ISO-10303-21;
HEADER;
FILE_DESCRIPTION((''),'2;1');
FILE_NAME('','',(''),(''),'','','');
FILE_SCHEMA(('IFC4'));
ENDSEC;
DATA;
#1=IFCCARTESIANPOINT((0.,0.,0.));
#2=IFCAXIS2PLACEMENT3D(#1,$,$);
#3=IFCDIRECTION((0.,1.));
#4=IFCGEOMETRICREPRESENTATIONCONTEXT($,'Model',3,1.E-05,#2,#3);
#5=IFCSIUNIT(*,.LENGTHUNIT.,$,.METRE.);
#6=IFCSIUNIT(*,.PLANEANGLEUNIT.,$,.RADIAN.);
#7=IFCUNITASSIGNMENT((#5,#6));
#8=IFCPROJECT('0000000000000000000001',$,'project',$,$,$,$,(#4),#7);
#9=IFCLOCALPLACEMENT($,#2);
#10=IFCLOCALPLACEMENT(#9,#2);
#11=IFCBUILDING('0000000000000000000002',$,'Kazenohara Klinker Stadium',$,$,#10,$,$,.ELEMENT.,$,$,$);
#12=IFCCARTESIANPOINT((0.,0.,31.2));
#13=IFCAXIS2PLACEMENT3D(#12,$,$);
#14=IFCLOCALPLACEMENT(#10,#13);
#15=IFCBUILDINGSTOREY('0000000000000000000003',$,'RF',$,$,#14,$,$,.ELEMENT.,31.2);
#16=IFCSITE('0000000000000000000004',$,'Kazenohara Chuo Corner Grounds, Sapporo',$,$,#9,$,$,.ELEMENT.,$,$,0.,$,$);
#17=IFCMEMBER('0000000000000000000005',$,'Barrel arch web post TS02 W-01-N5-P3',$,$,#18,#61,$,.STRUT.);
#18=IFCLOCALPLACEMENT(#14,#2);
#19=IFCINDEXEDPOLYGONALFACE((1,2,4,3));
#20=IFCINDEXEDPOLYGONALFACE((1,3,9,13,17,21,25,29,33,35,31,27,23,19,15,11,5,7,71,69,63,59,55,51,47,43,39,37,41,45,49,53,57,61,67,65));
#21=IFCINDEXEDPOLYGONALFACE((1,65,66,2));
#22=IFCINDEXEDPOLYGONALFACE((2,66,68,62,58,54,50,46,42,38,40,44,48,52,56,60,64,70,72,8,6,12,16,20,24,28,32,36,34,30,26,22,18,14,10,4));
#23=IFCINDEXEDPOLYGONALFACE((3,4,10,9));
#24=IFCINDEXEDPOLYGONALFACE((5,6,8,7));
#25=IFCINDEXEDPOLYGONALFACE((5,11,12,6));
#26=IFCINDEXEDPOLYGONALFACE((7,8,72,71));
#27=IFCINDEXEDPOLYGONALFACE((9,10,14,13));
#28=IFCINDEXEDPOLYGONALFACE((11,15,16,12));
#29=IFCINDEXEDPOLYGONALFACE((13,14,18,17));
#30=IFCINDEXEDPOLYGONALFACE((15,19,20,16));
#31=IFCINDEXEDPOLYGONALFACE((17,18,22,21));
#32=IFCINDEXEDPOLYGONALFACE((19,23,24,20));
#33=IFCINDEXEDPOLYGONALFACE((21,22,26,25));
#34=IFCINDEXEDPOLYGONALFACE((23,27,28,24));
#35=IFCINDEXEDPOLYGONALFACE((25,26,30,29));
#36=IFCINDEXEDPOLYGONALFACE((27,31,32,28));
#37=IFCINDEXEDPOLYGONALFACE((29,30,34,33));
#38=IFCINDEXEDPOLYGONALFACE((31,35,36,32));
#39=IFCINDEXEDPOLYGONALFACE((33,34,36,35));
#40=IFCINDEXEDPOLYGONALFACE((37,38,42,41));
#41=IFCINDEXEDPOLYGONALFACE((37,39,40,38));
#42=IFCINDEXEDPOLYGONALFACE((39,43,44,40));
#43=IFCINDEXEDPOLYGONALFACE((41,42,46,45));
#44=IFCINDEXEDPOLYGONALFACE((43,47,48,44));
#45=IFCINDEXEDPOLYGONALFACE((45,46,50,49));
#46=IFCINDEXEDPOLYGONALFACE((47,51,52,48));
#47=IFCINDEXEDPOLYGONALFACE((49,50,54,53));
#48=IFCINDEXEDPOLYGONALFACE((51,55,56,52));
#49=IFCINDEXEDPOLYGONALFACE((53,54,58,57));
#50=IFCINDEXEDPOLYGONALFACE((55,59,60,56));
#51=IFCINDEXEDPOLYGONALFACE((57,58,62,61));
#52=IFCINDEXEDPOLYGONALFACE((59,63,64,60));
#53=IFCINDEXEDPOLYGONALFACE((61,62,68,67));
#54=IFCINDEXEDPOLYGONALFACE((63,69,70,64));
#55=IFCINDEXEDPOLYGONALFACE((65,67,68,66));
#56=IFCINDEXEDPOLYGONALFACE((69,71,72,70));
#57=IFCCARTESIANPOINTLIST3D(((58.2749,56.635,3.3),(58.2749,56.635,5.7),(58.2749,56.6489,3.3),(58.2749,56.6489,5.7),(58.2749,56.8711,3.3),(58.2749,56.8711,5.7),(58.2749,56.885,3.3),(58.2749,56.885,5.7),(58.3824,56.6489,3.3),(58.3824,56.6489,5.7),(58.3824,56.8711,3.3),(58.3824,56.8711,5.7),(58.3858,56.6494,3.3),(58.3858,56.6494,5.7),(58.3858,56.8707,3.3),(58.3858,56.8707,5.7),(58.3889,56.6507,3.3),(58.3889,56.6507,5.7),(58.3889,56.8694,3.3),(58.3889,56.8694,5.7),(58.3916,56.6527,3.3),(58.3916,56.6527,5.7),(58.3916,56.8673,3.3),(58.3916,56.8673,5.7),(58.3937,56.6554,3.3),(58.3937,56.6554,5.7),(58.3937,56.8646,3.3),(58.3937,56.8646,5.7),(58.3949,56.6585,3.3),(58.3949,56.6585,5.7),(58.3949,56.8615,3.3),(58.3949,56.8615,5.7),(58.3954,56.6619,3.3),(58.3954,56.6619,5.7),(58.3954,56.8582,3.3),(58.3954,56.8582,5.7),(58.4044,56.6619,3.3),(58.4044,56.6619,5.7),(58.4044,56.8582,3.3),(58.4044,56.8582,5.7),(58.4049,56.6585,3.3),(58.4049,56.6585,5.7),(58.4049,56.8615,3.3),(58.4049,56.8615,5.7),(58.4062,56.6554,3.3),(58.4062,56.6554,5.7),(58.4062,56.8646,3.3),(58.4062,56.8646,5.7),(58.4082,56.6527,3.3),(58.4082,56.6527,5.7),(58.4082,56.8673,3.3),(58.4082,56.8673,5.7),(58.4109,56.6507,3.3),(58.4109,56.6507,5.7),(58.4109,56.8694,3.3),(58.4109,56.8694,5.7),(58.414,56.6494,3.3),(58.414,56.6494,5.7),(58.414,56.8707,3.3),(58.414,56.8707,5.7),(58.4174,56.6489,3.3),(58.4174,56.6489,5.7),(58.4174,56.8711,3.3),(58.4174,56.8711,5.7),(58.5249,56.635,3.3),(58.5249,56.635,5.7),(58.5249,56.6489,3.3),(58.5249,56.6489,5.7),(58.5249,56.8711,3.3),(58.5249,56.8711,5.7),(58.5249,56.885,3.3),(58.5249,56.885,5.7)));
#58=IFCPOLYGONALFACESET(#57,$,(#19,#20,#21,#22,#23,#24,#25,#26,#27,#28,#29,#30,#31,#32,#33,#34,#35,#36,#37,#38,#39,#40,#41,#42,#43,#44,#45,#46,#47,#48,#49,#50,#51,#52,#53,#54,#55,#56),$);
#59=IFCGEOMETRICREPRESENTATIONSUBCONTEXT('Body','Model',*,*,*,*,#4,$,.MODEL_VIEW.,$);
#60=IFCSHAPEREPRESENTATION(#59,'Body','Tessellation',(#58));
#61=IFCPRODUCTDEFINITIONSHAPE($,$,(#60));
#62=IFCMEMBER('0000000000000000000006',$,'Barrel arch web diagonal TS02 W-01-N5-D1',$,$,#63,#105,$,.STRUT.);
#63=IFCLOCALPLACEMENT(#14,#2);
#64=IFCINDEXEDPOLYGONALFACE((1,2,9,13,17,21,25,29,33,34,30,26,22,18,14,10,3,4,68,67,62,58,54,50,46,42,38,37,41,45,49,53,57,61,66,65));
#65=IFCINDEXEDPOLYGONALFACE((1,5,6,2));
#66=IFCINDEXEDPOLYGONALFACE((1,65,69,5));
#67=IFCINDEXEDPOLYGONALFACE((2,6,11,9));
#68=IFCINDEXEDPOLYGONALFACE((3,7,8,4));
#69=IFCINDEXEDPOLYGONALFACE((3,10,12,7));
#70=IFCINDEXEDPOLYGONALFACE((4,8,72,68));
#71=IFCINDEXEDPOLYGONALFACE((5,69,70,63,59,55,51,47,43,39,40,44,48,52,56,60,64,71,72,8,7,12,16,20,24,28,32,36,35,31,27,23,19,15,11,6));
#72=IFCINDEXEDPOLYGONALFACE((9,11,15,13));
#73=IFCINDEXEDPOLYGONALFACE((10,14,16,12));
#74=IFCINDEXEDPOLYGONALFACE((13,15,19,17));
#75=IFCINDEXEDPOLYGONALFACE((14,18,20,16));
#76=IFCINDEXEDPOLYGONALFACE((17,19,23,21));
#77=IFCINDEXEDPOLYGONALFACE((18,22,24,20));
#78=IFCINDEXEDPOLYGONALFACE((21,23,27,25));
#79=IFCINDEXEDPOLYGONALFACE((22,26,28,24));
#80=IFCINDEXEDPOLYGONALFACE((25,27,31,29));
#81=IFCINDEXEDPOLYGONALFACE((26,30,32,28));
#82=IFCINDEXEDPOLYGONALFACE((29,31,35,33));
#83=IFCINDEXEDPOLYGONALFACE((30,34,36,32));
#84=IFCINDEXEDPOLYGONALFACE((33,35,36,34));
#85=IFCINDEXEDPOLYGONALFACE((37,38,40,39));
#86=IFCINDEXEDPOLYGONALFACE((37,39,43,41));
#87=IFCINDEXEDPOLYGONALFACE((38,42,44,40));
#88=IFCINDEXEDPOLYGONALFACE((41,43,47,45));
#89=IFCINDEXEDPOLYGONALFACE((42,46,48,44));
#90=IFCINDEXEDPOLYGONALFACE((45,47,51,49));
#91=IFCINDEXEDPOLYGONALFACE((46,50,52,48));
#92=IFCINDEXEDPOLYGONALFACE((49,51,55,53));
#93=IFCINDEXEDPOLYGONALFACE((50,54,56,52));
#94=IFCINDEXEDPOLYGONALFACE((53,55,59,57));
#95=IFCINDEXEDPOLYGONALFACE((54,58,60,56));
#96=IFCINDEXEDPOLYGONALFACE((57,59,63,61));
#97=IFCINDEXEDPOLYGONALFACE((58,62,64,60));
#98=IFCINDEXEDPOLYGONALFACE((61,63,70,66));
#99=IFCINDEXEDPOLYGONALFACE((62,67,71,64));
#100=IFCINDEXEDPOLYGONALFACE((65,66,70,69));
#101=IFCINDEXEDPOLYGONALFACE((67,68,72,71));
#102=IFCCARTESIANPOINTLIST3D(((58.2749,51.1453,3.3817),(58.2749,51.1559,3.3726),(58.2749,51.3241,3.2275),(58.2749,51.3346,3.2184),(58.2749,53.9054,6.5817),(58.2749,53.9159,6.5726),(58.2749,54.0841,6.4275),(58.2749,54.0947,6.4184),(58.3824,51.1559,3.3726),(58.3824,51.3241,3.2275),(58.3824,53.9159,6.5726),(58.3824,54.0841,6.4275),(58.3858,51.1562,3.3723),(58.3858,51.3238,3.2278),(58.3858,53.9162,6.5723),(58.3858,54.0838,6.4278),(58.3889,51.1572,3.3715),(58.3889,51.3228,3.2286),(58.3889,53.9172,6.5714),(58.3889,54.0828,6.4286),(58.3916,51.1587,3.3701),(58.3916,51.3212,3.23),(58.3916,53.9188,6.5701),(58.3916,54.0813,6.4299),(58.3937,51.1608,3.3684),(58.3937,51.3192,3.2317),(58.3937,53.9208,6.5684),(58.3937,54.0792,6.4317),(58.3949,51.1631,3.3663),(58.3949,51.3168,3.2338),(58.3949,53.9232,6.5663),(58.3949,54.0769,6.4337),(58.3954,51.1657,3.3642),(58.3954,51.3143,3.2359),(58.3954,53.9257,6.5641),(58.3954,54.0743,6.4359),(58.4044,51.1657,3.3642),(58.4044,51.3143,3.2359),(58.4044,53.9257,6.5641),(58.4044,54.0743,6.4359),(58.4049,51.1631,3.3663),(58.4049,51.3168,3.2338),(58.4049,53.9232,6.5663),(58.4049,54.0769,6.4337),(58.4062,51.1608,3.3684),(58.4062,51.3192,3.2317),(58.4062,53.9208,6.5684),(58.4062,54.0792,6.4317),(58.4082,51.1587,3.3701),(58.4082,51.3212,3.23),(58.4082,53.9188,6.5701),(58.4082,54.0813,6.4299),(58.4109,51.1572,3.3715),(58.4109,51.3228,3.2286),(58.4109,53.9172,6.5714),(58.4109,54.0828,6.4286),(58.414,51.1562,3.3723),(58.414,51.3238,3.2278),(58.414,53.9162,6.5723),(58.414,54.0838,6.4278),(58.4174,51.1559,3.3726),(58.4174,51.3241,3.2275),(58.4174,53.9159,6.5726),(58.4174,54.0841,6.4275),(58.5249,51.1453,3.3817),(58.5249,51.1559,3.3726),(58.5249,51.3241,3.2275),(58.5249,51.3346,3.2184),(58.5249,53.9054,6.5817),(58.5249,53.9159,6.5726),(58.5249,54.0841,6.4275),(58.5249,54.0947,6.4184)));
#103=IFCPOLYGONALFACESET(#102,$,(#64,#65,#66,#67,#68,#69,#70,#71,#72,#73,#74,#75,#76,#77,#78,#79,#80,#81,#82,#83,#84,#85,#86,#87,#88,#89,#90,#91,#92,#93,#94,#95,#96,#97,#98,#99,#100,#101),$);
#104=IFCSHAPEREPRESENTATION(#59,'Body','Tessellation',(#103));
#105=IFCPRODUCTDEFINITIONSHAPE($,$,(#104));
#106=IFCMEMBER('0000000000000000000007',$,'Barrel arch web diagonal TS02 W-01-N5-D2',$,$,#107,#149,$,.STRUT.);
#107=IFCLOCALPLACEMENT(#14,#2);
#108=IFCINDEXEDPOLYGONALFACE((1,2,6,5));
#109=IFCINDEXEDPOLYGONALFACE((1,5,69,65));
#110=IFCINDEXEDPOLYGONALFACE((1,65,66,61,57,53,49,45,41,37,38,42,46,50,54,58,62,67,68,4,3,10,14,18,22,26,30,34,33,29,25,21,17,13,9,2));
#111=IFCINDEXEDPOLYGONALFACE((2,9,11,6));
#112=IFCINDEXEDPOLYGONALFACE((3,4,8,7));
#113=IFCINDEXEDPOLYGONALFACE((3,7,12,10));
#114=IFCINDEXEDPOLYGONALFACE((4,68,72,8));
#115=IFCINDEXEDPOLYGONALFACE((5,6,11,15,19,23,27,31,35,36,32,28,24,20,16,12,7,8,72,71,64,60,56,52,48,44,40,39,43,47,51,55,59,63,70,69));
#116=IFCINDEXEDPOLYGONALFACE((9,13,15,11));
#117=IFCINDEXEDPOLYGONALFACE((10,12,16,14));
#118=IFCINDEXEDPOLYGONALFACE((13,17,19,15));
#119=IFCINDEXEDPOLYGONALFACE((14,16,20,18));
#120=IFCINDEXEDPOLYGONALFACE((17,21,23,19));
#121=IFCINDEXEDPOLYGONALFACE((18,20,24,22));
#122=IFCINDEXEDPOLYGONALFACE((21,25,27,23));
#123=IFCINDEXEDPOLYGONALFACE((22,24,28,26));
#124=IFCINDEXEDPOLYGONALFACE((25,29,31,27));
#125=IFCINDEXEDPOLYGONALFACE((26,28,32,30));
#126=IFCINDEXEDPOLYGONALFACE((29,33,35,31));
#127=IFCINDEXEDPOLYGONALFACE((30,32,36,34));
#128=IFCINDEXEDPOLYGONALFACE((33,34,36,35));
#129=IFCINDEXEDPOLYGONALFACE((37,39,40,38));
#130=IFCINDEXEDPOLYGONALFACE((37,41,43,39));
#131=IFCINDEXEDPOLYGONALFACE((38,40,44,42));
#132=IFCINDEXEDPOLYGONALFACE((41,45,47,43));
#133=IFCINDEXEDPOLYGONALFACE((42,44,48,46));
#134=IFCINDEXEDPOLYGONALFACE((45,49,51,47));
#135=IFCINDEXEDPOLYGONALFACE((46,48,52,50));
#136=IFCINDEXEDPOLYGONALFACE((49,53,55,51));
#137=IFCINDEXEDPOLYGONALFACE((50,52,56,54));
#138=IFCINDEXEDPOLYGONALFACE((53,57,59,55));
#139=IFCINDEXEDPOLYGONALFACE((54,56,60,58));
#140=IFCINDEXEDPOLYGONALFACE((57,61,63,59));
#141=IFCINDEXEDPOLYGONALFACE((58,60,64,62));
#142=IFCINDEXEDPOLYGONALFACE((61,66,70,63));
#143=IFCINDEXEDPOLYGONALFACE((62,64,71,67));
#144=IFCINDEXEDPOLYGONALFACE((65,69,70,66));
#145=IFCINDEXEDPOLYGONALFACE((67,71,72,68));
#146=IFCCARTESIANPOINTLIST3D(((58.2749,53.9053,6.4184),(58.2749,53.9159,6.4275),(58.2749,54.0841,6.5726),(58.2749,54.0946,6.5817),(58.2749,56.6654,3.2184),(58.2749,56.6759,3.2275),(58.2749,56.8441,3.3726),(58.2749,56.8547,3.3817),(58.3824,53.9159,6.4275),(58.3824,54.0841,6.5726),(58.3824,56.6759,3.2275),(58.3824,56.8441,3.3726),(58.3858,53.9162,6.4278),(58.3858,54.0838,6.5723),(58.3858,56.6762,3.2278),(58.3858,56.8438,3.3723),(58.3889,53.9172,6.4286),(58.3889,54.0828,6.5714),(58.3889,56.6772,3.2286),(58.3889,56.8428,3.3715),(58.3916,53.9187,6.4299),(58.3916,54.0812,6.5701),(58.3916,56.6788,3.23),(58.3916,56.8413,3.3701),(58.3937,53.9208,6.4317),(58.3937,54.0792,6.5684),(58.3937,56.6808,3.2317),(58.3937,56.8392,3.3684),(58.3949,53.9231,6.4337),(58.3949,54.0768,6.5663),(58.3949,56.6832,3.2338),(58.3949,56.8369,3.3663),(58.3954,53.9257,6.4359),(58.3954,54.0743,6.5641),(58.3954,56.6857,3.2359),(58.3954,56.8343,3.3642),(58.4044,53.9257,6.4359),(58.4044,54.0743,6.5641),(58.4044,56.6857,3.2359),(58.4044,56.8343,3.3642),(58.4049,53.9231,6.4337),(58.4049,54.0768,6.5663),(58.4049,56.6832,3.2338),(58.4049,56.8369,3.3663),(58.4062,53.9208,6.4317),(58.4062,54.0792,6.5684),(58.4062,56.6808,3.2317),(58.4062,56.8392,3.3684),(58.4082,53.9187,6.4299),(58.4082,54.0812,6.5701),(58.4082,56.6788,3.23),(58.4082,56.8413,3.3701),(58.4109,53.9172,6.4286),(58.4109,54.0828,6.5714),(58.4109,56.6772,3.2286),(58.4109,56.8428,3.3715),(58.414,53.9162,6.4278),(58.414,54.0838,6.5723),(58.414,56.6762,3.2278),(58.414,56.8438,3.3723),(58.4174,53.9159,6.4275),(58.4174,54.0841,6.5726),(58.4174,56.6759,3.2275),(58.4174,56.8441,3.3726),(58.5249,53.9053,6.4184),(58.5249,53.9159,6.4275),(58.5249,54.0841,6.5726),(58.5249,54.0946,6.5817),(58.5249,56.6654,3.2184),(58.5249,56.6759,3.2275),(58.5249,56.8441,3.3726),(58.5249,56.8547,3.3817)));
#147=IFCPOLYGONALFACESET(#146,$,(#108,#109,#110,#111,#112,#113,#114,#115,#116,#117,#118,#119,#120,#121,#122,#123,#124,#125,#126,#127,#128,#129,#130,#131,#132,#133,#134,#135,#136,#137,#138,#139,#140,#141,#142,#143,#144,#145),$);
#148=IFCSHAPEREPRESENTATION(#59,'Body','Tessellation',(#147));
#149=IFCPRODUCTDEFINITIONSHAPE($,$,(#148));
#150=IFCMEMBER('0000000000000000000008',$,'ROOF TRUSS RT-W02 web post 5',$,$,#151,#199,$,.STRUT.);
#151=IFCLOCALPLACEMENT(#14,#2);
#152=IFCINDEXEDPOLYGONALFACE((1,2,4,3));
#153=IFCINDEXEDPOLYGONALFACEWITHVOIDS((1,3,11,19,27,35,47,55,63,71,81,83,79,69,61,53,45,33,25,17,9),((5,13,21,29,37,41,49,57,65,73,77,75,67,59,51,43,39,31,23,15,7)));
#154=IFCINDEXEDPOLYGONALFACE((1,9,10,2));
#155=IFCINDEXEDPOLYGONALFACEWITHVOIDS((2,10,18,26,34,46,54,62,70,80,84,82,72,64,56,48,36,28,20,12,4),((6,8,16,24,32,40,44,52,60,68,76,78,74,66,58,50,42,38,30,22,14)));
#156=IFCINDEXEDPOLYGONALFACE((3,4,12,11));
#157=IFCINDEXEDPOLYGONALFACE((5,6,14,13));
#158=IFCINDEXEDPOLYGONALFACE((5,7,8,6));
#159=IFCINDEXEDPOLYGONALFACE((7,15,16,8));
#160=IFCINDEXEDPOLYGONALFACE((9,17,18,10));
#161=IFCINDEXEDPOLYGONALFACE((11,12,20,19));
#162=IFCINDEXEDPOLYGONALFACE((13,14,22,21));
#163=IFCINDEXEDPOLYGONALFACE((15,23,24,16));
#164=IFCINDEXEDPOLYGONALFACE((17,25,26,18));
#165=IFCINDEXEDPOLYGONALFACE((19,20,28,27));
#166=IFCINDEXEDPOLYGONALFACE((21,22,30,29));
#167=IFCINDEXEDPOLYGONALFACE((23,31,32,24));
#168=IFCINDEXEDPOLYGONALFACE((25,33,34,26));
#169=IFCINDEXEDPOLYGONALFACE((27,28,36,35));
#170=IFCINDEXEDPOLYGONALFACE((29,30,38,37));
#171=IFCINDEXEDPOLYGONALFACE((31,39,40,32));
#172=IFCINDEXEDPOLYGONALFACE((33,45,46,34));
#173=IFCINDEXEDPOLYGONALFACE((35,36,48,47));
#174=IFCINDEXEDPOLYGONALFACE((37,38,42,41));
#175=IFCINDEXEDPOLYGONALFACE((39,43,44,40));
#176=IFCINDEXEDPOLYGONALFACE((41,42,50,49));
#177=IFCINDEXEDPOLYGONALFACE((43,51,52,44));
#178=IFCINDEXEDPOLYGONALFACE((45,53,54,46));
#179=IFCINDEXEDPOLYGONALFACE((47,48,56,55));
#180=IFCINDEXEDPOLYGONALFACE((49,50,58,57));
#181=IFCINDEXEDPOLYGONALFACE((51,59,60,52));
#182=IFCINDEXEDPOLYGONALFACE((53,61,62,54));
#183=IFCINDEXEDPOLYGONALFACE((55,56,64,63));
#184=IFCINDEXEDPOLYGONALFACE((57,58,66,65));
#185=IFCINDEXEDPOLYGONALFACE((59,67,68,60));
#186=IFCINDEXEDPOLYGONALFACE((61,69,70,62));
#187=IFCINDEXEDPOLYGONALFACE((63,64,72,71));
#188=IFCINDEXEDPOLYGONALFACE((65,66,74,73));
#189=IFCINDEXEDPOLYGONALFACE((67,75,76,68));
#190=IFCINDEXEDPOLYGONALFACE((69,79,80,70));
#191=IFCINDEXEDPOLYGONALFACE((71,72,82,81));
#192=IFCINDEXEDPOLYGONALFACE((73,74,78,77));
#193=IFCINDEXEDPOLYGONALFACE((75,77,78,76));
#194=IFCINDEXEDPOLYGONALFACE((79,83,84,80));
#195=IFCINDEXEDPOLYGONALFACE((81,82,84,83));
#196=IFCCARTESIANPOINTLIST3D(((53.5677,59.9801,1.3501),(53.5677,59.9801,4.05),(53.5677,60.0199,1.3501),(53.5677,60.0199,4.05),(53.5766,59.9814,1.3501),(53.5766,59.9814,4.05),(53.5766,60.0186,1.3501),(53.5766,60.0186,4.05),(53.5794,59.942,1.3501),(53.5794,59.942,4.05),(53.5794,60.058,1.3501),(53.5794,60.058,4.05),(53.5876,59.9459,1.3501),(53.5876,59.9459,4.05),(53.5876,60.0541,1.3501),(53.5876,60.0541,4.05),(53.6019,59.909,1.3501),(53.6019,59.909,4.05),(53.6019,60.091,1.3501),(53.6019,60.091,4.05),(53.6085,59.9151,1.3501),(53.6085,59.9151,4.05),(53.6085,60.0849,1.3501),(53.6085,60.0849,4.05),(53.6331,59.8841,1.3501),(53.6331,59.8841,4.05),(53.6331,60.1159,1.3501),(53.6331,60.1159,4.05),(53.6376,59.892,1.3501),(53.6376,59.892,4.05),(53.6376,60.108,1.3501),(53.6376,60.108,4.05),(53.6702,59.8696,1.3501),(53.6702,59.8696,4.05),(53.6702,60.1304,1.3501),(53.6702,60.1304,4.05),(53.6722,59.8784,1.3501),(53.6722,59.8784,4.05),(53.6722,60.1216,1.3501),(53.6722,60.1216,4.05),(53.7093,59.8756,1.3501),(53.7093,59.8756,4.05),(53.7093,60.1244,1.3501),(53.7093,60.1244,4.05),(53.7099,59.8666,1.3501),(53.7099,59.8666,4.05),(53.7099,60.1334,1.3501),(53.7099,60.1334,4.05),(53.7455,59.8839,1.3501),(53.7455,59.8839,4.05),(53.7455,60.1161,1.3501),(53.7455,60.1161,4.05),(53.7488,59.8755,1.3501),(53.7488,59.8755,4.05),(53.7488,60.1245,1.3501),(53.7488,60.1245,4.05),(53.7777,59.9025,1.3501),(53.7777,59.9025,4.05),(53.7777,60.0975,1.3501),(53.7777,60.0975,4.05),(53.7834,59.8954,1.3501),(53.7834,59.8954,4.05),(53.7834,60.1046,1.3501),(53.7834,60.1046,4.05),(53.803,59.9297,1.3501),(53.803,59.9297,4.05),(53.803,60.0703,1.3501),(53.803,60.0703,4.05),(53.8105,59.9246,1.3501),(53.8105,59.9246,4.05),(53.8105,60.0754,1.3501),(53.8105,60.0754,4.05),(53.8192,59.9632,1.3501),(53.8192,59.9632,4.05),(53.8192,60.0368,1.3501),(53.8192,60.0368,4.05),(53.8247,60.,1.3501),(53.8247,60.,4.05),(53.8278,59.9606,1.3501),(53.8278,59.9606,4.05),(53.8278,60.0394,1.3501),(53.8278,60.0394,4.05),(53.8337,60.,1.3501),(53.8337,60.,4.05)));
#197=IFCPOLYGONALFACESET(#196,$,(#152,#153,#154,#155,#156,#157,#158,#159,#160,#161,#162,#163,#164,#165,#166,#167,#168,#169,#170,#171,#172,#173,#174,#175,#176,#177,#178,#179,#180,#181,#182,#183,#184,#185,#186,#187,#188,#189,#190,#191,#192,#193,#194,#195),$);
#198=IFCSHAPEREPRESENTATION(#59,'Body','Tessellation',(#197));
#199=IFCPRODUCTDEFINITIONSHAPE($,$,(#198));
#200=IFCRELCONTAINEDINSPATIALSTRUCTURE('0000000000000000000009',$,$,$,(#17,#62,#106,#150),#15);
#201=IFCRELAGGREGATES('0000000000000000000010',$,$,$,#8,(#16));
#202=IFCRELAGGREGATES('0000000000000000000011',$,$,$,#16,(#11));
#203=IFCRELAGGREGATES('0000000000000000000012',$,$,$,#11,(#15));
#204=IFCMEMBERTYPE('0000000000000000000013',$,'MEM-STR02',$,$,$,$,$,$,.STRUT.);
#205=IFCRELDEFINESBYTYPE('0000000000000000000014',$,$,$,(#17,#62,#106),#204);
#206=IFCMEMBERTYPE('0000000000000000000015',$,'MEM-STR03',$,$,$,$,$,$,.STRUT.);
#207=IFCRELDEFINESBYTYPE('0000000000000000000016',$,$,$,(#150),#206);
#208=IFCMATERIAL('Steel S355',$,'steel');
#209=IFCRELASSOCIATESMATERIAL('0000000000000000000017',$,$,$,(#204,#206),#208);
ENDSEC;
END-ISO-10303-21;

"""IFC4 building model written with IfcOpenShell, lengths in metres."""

from ifc_helpers import new_model, si_unit, direction, frame, origin, origin_2d, place, context, subcontext, project, spatial, hollow_circle, i_section, extrude, material, material_profile, profile_set, type_object, element, save


model = new_model("IFC4")

# Units and contexts
model_context = context("Model", 3, precision=1e-05, world=origin(), true_north=direction((0.0, 1.0)))
body_context = subcontext(model_context, "Body", "Model", "MODEL_VIEW")
ifc_project = project(units=[si_unit("LENGTHUNIT", "METRE"), si_unit("PLANEANGLEUNIT", "RADIAN")], contexts=[model_context])

# Site, building, storey
site_placement = place(None, origin())
site = spatial("IfcSite", under=ifc_project, at=site_placement, Name="Kazenohara Chuo Corner Grounds, Sapporo", CompositionType="ELEMENT", RefElevation=0.0)
building_placement = place(site_placement, origin())
building = spatial("IfcBuilding", under=site, at=building_placement, Name="Kazenohara Klinker Stadium", CompositionType="ELEMENT")
storey_placement = place(building_placement, frame((0.0, 0.0, 31.2)))
storey = spatial("IfcBuildingStorey", under=building, at=storey_placement, Name="RF", CompositionType="ELEMENT", Elevation=31.2)

# Members
ifc_material_1 = material(Name="Steel S355", Category="steel")
ifc_material_profile_1 = material_profile(ifc_material_1, i_section(OverallWidth=0.25, OverallDepth=0.25, WebThickness=0.009, FlangeThickness=0.0139, FilletRadius=0.0129, at=origin_2d()), Name="H-250x250x9x14")
ifc_profile_set_1 = profile_set([ifc_material_profile_1], Name="Steel S355")
member_type_1 = type_object("IfcMemberType", Name="MEM-STR02", PredefinedType="STRUT", material=ifc_profile_set_1)
member_1_placement = place(storey_placement, frame((58.3999, 56.76, 3.3), z_axis=(0.0, 0.0, 1.0), x_axis=(1.0, 0.0, 0.0)))
element("IfcMember", 1, at=member_1_placement, inside=storey, type_object=member_type_1, Name="Barrel arch web post TS02 W-01-N5-P3", PredefinedType="STRUT", context=body_context, shape_type="SweptSolid", body=[
    extrude(i_section(OverallWidth=0.25, OverallDepth=0.25, WebThickness=0.009, FlangeThickness=0.0139, FilletRadius=0.0129, at=origin_2d()), origin(), (0.0, 0.0, 1.0), 2.3999),
])
for number, where, z_axis, x_axis, name in (
    (2, (58.3999, 51.24, 3.3), (0.0, 0.653134, 0.757242), (-1.0, 0.0, 0.0), "Barrel arch web diagonal TS02 W-01-N5-D1"),
    (3, (58.3999, 56.76, 3.3), (0.0, -0.653134, 0.757242), (1.0, 0.0, 0.0), "Barrel arch web diagonal TS02 W-01-N5-D2"),
):
    element("IfcMember", number, at=place(storey_placement, frame(where, z_axis=z_axis, x_axis=x_axis)), inside=storey, type_object=member_type_1, Name=name, PredefinedType="STRUT", context=body_context, shape_type="SweptSolid", body=[
        extrude(i_section(OverallWidth=0.25, OverallDepth=0.25, WebThickness=0.009, FlangeThickness=0.0139, FilletRadius=0.0129, at=origin_2d()), origin(), (0.0, 0.0, 1.0), 4.2258),
    ])
ifc_material_profile_2 = material_profile(ifc_material_1, hollow_circle(Radius=0.1338, WallThickness=0.009, at=origin_2d()), Name="CHS-267.4x9")
ifc_profile_set_2 = profile_set([ifc_material_profile_2], Name="Steel S355")
member_type_2 = type_object("IfcMemberType", Name="MEM-STR03", PredefinedType="STRUT", material=ifc_profile_set_2)
member_2_placement = place(storey_placement, frame((53.7, 60.0, 1.3501), z_axis=(0.0, 0.0, 1.0), x_axis=(1.0, 0.0, 0.0)))
element("IfcMember", 4, at=member_2_placement, inside=storey, type_object=member_type_2, Name="ROOF TRUSS RT-W02 web post 5", PredefinedType="STRUT", context=body_context, shape_type="SweptSolid", body=[
    extrude(hollow_circle(Radius=0.1338, WallThickness=0.009, at=origin_2d()), origin(), (0.0, 0.0, 1.0), 2.7),
])

save(model, "model.ifc")
